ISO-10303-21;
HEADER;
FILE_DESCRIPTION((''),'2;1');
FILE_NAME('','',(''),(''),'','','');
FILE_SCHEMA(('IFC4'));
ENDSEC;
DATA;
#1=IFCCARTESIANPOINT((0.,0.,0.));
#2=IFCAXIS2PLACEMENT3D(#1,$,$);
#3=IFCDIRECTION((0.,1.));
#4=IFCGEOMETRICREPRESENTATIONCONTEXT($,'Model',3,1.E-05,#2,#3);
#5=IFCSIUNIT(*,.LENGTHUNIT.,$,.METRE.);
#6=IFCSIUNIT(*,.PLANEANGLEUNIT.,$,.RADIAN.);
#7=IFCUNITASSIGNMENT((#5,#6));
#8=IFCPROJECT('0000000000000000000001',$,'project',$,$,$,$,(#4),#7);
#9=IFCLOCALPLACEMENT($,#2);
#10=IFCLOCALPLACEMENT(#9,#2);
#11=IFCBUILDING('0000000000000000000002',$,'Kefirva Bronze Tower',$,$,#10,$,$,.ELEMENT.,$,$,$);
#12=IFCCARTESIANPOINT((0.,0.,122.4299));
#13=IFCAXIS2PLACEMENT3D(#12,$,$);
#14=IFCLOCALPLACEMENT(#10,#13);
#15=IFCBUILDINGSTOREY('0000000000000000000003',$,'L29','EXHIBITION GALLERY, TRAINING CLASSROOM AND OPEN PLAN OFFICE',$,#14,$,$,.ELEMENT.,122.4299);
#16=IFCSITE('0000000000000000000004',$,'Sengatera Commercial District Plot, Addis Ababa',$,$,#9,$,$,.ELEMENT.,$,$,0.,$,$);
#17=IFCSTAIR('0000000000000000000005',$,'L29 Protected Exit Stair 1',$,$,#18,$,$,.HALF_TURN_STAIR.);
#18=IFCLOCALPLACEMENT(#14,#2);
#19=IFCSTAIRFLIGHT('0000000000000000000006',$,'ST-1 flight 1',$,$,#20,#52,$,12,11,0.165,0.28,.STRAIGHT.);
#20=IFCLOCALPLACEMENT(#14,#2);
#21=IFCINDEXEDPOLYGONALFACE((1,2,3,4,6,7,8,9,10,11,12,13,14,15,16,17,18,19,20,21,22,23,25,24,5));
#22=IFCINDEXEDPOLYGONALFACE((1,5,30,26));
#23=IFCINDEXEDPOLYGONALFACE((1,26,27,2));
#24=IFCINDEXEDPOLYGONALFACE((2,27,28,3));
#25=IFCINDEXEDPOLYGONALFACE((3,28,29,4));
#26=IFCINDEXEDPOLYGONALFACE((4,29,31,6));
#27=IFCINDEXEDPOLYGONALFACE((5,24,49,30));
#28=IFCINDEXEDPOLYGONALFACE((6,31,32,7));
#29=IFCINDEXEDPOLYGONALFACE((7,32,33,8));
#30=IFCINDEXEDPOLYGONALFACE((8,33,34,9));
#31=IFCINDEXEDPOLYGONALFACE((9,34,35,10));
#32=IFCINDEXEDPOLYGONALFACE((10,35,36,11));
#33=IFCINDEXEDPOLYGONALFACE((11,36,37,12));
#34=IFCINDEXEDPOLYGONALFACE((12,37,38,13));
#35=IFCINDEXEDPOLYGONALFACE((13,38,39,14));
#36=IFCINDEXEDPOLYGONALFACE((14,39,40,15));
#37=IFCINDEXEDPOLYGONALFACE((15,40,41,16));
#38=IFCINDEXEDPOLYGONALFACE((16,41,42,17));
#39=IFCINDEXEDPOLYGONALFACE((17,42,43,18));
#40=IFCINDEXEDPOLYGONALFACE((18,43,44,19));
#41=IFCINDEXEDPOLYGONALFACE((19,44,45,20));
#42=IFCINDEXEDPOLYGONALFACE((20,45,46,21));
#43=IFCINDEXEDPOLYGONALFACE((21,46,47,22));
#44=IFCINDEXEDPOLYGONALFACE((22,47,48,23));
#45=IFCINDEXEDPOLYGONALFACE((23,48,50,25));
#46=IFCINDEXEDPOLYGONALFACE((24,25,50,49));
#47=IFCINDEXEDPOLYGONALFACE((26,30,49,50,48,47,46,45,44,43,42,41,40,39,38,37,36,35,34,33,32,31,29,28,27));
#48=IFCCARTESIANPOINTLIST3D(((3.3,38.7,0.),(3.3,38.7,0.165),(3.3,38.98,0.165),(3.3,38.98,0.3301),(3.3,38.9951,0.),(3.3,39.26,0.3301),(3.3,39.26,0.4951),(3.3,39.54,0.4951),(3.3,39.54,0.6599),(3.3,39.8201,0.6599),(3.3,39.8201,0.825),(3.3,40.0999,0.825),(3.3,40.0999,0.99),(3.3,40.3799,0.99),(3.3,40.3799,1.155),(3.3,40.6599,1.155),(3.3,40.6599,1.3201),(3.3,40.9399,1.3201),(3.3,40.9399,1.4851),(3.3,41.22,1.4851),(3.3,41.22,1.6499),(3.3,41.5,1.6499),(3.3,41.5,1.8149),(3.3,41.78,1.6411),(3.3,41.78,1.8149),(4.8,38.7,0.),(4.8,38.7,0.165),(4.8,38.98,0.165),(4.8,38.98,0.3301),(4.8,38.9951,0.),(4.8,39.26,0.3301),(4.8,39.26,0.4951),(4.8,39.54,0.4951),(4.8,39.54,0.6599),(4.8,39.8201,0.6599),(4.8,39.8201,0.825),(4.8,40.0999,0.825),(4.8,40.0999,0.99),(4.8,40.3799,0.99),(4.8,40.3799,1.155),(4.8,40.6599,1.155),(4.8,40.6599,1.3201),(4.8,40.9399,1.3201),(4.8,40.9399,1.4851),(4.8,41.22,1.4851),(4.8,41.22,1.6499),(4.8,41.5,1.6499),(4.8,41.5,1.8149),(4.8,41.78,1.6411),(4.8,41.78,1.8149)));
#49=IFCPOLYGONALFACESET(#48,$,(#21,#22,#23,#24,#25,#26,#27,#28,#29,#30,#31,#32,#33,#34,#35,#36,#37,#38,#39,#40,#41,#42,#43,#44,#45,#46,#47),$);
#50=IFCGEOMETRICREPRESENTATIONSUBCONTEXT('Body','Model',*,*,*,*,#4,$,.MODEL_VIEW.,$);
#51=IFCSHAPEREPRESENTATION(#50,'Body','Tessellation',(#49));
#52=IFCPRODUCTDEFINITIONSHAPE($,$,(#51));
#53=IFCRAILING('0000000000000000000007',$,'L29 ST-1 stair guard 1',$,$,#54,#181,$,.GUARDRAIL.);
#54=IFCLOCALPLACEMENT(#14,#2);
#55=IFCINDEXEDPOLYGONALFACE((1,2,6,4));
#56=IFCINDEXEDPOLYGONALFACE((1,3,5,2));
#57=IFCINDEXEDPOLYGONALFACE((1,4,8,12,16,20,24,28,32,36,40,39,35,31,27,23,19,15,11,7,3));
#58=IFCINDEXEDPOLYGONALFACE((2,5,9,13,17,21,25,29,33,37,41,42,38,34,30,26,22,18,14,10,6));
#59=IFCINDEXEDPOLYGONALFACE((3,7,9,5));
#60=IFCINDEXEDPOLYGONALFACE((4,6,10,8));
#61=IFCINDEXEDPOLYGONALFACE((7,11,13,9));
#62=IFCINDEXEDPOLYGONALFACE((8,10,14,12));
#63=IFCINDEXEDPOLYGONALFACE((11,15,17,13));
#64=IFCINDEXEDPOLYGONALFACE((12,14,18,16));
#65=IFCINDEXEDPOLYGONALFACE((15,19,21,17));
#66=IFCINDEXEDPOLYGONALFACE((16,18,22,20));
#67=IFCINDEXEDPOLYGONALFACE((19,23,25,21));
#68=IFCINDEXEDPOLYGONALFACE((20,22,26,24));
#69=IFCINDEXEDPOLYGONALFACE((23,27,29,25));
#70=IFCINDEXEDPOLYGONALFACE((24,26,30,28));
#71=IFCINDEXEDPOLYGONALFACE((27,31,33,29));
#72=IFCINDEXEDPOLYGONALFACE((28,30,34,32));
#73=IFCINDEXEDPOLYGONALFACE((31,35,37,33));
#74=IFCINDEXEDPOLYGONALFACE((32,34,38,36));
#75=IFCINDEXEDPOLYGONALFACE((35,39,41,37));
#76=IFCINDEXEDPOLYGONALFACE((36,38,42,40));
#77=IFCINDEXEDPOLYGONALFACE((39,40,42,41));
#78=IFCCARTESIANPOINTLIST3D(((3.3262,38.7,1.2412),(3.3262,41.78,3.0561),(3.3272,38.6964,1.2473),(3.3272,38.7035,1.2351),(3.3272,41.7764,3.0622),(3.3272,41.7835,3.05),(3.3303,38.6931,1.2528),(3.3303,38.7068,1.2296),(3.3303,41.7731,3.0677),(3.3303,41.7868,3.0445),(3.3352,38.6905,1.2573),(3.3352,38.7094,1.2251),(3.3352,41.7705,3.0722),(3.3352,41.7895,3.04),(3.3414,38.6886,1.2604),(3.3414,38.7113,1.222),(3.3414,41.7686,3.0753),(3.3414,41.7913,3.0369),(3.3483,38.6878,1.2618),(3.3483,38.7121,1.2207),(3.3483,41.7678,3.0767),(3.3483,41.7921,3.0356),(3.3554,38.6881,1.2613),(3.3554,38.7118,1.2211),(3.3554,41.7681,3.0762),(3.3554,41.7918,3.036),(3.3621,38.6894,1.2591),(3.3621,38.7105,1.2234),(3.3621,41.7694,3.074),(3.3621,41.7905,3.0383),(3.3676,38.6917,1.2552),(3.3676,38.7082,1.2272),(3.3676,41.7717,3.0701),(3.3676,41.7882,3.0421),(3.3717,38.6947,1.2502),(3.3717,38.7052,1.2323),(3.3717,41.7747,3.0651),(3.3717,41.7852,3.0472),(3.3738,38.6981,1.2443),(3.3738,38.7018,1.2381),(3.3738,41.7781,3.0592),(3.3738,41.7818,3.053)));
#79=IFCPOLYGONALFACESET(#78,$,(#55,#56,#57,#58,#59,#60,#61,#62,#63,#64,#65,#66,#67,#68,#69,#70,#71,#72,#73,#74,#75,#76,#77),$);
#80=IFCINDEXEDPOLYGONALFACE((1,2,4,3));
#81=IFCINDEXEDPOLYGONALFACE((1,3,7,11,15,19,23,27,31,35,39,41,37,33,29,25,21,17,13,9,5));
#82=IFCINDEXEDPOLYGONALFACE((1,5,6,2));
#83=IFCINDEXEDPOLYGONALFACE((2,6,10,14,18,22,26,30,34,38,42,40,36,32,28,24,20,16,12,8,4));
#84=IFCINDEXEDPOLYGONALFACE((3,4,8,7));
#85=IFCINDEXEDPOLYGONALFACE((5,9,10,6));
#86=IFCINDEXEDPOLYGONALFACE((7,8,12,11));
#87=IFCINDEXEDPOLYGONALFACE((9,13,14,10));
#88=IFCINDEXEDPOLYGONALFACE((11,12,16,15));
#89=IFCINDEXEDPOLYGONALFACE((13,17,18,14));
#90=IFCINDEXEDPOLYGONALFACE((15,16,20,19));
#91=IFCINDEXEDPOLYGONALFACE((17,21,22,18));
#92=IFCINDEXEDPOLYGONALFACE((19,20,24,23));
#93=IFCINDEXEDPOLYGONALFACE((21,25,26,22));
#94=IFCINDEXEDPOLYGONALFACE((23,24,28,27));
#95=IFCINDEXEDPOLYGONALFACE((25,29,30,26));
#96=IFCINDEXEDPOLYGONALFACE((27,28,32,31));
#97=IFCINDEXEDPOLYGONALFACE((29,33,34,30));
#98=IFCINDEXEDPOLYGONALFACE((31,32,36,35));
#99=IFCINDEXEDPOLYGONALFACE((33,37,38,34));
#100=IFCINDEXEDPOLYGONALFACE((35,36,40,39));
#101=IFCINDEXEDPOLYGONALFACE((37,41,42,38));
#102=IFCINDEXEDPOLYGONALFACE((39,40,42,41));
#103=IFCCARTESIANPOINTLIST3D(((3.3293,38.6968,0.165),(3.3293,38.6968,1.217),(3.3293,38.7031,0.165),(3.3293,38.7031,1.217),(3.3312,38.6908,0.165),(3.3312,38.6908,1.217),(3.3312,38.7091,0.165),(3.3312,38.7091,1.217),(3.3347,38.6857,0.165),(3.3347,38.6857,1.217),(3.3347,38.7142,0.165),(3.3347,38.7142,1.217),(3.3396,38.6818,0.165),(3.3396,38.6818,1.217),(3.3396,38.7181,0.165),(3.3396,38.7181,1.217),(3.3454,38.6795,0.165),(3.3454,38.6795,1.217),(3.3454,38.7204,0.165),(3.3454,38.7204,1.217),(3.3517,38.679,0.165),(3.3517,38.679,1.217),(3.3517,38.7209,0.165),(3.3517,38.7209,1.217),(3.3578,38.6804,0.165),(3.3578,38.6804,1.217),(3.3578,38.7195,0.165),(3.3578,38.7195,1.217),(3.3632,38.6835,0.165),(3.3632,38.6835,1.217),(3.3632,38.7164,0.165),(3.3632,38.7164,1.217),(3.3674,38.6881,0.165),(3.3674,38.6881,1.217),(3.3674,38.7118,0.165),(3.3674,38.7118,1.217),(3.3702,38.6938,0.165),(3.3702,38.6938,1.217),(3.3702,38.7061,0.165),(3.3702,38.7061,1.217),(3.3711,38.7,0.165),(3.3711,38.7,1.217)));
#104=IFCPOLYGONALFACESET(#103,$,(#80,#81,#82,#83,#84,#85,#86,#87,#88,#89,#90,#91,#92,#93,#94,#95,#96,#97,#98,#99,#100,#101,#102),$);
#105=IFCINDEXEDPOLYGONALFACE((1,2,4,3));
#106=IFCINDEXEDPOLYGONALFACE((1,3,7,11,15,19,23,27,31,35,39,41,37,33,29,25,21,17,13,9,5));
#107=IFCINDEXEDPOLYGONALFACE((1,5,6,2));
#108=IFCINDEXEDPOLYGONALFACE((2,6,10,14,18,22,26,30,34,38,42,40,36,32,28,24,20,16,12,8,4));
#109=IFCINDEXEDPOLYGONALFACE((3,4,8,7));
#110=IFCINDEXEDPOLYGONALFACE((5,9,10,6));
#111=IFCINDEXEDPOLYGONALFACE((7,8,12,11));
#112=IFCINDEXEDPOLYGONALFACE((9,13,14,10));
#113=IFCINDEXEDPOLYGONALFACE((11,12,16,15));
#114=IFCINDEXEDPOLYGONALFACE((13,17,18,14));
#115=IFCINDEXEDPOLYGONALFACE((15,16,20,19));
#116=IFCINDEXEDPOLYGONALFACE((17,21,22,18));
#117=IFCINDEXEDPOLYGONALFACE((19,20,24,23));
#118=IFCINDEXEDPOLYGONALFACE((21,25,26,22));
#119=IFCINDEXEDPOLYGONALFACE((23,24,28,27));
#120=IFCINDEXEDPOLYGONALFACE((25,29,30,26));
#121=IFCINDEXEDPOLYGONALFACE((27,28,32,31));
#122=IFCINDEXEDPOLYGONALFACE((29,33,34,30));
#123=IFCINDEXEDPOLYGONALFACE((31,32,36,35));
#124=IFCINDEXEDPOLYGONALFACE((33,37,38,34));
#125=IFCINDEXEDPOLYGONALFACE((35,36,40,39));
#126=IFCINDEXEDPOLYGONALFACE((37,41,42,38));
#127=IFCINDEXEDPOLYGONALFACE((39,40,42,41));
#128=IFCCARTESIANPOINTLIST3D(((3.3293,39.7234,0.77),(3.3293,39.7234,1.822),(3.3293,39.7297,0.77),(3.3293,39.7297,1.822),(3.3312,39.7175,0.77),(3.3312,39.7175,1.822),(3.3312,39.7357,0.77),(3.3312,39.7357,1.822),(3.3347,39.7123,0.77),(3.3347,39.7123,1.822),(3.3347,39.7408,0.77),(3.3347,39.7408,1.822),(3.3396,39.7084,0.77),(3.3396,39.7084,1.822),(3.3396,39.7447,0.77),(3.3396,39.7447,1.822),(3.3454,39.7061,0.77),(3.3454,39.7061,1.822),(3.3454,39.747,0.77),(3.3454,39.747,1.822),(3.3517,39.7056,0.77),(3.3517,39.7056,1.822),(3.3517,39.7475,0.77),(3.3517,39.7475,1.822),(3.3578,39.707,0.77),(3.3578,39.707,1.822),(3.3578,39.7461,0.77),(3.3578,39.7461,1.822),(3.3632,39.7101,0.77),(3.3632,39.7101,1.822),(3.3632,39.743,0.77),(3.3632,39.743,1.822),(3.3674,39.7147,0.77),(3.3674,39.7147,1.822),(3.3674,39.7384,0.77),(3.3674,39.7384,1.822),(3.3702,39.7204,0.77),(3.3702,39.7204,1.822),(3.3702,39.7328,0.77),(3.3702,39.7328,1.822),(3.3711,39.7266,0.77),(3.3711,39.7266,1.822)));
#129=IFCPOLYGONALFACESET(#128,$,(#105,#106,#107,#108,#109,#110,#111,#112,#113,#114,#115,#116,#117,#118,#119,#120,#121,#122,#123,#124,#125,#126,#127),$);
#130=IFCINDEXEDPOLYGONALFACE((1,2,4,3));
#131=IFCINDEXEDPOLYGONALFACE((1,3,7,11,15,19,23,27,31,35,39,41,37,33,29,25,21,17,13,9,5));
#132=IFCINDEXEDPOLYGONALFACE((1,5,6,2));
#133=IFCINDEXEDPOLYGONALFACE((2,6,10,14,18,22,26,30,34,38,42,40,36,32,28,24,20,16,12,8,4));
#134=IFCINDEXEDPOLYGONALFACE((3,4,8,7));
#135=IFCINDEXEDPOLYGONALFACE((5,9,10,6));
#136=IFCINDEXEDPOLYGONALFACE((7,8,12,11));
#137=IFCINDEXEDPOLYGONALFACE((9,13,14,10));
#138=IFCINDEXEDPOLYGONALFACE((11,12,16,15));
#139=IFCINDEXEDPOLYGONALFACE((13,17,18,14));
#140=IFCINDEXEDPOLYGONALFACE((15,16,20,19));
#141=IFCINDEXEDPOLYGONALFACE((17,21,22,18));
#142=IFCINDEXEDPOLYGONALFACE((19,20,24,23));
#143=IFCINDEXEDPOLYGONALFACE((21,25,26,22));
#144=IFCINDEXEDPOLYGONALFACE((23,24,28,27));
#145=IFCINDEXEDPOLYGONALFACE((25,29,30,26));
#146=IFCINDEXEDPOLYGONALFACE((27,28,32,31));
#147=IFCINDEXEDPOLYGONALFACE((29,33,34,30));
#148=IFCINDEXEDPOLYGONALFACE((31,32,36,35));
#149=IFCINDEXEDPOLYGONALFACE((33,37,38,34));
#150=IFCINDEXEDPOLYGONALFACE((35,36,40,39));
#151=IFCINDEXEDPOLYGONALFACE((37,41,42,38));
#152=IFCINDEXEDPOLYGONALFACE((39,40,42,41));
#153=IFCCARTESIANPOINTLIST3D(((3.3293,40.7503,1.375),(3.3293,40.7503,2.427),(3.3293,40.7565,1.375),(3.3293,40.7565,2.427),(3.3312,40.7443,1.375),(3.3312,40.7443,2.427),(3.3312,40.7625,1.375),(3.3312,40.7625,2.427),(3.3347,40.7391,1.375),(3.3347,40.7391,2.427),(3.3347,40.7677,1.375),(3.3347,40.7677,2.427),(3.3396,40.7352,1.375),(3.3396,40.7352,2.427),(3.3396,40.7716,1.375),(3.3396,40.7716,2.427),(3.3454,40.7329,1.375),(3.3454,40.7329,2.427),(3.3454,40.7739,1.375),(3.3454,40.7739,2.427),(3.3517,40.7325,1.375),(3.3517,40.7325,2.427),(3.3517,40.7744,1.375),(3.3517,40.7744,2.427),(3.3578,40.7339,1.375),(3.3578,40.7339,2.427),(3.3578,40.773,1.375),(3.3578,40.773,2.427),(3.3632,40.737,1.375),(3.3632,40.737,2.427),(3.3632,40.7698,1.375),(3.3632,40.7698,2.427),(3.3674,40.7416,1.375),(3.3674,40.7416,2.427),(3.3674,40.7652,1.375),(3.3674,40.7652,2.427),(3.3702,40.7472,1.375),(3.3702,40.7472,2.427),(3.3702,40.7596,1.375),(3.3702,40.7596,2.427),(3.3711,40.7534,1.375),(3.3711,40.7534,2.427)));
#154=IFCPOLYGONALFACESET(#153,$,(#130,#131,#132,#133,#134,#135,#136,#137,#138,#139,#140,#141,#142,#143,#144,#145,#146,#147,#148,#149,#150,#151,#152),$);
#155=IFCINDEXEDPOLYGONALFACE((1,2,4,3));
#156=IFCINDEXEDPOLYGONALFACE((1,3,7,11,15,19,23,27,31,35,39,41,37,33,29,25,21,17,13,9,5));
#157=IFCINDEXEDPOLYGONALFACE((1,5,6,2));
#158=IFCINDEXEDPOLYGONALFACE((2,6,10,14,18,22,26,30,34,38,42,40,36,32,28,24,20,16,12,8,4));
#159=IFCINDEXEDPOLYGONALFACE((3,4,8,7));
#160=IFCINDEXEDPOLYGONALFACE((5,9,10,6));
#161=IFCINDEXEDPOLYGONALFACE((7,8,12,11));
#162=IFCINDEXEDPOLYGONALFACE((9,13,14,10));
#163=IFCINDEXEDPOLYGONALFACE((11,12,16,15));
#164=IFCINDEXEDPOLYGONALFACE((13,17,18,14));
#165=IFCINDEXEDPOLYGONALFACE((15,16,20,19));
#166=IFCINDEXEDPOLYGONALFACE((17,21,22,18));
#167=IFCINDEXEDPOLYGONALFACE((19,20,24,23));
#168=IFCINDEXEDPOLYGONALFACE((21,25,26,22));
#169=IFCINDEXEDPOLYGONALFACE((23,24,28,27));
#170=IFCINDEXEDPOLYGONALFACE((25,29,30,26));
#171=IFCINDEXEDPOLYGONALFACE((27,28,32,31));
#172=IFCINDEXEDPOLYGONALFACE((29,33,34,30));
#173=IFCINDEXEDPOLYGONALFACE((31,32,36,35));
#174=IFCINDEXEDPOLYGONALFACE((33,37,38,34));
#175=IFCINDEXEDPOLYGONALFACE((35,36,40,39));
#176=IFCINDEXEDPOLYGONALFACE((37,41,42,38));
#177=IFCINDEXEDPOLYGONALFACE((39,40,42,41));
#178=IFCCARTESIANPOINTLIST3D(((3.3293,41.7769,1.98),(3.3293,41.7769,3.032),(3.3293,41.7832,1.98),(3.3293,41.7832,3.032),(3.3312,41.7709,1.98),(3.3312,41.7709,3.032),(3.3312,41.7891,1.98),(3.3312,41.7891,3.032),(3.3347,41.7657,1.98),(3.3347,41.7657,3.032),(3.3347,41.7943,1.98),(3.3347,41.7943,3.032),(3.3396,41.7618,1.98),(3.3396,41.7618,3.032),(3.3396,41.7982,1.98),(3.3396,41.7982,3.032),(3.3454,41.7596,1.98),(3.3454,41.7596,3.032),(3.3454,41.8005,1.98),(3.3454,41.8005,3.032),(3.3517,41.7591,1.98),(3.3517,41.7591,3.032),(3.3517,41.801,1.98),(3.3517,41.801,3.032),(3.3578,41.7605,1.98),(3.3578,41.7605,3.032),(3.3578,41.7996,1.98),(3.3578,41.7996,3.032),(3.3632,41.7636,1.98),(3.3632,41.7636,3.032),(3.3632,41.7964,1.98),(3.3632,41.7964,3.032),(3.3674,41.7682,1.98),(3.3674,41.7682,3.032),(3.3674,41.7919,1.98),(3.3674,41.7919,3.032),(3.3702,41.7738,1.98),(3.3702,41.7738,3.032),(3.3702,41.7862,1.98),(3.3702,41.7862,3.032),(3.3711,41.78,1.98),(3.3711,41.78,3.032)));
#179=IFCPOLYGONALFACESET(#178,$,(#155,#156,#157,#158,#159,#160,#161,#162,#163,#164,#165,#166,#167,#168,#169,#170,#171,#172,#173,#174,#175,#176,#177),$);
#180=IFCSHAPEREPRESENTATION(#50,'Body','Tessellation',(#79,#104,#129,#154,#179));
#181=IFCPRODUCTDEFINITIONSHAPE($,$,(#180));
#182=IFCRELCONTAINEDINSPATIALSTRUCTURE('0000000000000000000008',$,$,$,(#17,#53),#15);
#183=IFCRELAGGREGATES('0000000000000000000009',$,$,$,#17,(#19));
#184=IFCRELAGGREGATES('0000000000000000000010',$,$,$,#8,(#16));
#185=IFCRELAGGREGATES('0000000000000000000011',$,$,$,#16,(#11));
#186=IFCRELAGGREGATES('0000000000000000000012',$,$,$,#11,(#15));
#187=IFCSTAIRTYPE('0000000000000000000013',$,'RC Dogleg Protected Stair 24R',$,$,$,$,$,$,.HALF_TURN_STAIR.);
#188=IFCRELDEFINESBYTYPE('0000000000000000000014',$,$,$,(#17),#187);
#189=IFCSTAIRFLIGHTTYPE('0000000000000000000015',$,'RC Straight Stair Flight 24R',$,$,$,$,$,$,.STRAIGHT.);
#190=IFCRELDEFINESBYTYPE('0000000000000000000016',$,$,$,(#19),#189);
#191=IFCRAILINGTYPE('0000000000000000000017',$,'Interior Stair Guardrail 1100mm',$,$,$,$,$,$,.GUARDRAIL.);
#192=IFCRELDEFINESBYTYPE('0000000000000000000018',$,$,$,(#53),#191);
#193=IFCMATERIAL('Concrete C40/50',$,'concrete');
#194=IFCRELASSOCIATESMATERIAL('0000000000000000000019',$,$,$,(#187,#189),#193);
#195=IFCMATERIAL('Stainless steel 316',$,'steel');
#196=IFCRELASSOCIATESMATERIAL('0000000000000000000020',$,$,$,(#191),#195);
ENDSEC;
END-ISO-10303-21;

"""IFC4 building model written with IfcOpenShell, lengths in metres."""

from ifc_helpers import new_model, si_unit, direction, frame, origin, origin_2d, place, context, subcontext, project, spatial, polyline, circle, outline, extrude, material, type_object, element, aggregate, save


model = new_model("IFC4")

# Units and contexts
model_context = context("Model", 3, precision=1e-05, world=origin(), true_north=direction((0.0, 1.0)))
body_context = subcontext(model_context, "Body", "Model", "MODEL_VIEW")
ifc_project = project(units=[si_unit("LENGTHUNIT", "METRE"), si_unit("PLANEANGLEUNIT", "RADIAN")], contexts=[model_context])

# Site, building, storey
site_placement = place(None, origin())
site = spatial("IfcSite", under=ifc_project, at=site_placement, Name="Sengatera Commercial District Plot, Addis Ababa", CompositionType="ELEMENT", RefElevation=0.0)
building_placement = place(site_placement, origin())
building = spatial("IfcBuilding", under=site, at=building_placement, Name="Kefirva Bronze Tower", CompositionType="ELEMENT")
storey_placement = place(building_placement, frame((0.0, 0.0, 122.4299)))
storey = spatial("IfcBuildingStorey", under=building, at=storey_placement, Name="L29", Description="EXHIBITION GALLERY, TRAINING CLASSROOM AND OPEN PLAN OFFICE", CompositionType="ELEMENT", Elevation=122.4299)

# Shared definitions
ifc_material_1 = material(Name="Stainless steel 316", Category="steel")

# Stair, stair flight
ifc_material_2 = material(Name="Concrete C40/50", Category="concrete")
stair_type = type_object("IfcStairType", Name="RC Dogleg Protected Stair 24R", PredefinedType="HALF_TURN_STAIR", material=ifc_material_2)
stair_placement = place(storey_placement, origin())
stair = element("IfcStair", 1, at=stair_placement, inside=storey, type_object=stair_type, Name="L29 Protected Exit Stair 1", PredefinedType="HALF_TURN_STAIR")
stair_flight_type = type_object("IfcStairFlightType", Name="RC Straight Stair Flight 24R", PredefinedType="STRAIGHT", material=ifc_material_2)
stair_flight_placement = place(storey_placement, frame((4.05, 38.7, 0.0), z_axis=(0.0, 0.0, 1.0), x_axis=(0.0, 1.0, 0.0)))
stair_flight = element("IfcStairFlight", 2, at=stair_flight_placement, type_object=stair_flight_type, Name="ST-1 flight 1", NumberOfRisers=12, NumberOfTreads=11, PredefinedType="STRAIGHT", RiserHeight=0.165, TreadLength=0.28, context=body_context, shape_type="SweptSolid", body=[
    extrude(outline(polyline([(0.0, 0.0), (0.0, 0.165), (0.28, 0.165), (0.28, 0.3301), (0.5601, 0.3301), (0.5601, 0.4951), (0.8401, 0.4951), (0.8401, 0.6599), (1.1201, 0.6599), (1.1201, 0.825), (1.3999, 0.825), (1.3999, 0.99), (1.6799, 0.99), (1.6799, 1.155), (1.96, 1.155), (1.96, 1.3201), (2.24, 1.3201), (2.24, 1.4851), (2.52, 1.4851), (2.52, 1.6499), (2.8, 1.6499), (2.8, 1.8149), (3.0801, 1.8149), (3.0801, 1.98), (3.0801, 1.6411), (0.2952, 0.0), (0.0, 0.0)])), frame((0.0, 0.75, 0.0), z_axis=(0.0, -1.0, 0.0), x_axis=(1.0, 0.0, 0.0)), (0.0, 0.0, 1.0), 1.5),
])
aggregate(stair, [stair_flight])

# Railing
railing_type_1 = type_object("IfcRailingType", Name="Interior Stair Guardrail 1100mm", PredefinedType="GUARDRAIL", material=ifc_material_1)
railing_1_placement = place(storey_placement, frame((3.3501, 38.7, 0.165)))
element("IfcRailing", 3, at=railing_1_placement, inside=storey, type_object=railing_type_1, Name="L29 ST-1 stair guard 1", PredefinedType="GUARDRAIL", context=body_context, shape_type="SweptSolid", body=[
    extrude(circle(Radius=0.0239, at=origin_2d()), frame((0.0, 0.0, 1.0762), z_axis=(0.0, 0.861551, 0.507671), x_axis=(-1.0, 0.0, 0.0)), (0.0, 0.0, 1.0), 3.575),
    extrude(circle(Radius=0.021, at=origin_2d()), origin(), (0.0, 0.0, 1.0), 1.052),
    extrude(circle(Radius=0.021, at=origin_2d()), frame((0.0, 1.0266, 0.605)), (0.0, 0.0, 1.0), 1.052),
    extrude(circle(Radius=0.021, at=origin_2d()), frame((0.0, 2.0535, 1.21)), (0.0, 0.0, 1.0), 1.052),
    extrude(circle(Radius=0.021, at=origin_2d()), frame((0.0, 3.0801, 1.8149)), (0.0, 0.0, 1.0), 1.052),
])

save(model, "model.ifc")
